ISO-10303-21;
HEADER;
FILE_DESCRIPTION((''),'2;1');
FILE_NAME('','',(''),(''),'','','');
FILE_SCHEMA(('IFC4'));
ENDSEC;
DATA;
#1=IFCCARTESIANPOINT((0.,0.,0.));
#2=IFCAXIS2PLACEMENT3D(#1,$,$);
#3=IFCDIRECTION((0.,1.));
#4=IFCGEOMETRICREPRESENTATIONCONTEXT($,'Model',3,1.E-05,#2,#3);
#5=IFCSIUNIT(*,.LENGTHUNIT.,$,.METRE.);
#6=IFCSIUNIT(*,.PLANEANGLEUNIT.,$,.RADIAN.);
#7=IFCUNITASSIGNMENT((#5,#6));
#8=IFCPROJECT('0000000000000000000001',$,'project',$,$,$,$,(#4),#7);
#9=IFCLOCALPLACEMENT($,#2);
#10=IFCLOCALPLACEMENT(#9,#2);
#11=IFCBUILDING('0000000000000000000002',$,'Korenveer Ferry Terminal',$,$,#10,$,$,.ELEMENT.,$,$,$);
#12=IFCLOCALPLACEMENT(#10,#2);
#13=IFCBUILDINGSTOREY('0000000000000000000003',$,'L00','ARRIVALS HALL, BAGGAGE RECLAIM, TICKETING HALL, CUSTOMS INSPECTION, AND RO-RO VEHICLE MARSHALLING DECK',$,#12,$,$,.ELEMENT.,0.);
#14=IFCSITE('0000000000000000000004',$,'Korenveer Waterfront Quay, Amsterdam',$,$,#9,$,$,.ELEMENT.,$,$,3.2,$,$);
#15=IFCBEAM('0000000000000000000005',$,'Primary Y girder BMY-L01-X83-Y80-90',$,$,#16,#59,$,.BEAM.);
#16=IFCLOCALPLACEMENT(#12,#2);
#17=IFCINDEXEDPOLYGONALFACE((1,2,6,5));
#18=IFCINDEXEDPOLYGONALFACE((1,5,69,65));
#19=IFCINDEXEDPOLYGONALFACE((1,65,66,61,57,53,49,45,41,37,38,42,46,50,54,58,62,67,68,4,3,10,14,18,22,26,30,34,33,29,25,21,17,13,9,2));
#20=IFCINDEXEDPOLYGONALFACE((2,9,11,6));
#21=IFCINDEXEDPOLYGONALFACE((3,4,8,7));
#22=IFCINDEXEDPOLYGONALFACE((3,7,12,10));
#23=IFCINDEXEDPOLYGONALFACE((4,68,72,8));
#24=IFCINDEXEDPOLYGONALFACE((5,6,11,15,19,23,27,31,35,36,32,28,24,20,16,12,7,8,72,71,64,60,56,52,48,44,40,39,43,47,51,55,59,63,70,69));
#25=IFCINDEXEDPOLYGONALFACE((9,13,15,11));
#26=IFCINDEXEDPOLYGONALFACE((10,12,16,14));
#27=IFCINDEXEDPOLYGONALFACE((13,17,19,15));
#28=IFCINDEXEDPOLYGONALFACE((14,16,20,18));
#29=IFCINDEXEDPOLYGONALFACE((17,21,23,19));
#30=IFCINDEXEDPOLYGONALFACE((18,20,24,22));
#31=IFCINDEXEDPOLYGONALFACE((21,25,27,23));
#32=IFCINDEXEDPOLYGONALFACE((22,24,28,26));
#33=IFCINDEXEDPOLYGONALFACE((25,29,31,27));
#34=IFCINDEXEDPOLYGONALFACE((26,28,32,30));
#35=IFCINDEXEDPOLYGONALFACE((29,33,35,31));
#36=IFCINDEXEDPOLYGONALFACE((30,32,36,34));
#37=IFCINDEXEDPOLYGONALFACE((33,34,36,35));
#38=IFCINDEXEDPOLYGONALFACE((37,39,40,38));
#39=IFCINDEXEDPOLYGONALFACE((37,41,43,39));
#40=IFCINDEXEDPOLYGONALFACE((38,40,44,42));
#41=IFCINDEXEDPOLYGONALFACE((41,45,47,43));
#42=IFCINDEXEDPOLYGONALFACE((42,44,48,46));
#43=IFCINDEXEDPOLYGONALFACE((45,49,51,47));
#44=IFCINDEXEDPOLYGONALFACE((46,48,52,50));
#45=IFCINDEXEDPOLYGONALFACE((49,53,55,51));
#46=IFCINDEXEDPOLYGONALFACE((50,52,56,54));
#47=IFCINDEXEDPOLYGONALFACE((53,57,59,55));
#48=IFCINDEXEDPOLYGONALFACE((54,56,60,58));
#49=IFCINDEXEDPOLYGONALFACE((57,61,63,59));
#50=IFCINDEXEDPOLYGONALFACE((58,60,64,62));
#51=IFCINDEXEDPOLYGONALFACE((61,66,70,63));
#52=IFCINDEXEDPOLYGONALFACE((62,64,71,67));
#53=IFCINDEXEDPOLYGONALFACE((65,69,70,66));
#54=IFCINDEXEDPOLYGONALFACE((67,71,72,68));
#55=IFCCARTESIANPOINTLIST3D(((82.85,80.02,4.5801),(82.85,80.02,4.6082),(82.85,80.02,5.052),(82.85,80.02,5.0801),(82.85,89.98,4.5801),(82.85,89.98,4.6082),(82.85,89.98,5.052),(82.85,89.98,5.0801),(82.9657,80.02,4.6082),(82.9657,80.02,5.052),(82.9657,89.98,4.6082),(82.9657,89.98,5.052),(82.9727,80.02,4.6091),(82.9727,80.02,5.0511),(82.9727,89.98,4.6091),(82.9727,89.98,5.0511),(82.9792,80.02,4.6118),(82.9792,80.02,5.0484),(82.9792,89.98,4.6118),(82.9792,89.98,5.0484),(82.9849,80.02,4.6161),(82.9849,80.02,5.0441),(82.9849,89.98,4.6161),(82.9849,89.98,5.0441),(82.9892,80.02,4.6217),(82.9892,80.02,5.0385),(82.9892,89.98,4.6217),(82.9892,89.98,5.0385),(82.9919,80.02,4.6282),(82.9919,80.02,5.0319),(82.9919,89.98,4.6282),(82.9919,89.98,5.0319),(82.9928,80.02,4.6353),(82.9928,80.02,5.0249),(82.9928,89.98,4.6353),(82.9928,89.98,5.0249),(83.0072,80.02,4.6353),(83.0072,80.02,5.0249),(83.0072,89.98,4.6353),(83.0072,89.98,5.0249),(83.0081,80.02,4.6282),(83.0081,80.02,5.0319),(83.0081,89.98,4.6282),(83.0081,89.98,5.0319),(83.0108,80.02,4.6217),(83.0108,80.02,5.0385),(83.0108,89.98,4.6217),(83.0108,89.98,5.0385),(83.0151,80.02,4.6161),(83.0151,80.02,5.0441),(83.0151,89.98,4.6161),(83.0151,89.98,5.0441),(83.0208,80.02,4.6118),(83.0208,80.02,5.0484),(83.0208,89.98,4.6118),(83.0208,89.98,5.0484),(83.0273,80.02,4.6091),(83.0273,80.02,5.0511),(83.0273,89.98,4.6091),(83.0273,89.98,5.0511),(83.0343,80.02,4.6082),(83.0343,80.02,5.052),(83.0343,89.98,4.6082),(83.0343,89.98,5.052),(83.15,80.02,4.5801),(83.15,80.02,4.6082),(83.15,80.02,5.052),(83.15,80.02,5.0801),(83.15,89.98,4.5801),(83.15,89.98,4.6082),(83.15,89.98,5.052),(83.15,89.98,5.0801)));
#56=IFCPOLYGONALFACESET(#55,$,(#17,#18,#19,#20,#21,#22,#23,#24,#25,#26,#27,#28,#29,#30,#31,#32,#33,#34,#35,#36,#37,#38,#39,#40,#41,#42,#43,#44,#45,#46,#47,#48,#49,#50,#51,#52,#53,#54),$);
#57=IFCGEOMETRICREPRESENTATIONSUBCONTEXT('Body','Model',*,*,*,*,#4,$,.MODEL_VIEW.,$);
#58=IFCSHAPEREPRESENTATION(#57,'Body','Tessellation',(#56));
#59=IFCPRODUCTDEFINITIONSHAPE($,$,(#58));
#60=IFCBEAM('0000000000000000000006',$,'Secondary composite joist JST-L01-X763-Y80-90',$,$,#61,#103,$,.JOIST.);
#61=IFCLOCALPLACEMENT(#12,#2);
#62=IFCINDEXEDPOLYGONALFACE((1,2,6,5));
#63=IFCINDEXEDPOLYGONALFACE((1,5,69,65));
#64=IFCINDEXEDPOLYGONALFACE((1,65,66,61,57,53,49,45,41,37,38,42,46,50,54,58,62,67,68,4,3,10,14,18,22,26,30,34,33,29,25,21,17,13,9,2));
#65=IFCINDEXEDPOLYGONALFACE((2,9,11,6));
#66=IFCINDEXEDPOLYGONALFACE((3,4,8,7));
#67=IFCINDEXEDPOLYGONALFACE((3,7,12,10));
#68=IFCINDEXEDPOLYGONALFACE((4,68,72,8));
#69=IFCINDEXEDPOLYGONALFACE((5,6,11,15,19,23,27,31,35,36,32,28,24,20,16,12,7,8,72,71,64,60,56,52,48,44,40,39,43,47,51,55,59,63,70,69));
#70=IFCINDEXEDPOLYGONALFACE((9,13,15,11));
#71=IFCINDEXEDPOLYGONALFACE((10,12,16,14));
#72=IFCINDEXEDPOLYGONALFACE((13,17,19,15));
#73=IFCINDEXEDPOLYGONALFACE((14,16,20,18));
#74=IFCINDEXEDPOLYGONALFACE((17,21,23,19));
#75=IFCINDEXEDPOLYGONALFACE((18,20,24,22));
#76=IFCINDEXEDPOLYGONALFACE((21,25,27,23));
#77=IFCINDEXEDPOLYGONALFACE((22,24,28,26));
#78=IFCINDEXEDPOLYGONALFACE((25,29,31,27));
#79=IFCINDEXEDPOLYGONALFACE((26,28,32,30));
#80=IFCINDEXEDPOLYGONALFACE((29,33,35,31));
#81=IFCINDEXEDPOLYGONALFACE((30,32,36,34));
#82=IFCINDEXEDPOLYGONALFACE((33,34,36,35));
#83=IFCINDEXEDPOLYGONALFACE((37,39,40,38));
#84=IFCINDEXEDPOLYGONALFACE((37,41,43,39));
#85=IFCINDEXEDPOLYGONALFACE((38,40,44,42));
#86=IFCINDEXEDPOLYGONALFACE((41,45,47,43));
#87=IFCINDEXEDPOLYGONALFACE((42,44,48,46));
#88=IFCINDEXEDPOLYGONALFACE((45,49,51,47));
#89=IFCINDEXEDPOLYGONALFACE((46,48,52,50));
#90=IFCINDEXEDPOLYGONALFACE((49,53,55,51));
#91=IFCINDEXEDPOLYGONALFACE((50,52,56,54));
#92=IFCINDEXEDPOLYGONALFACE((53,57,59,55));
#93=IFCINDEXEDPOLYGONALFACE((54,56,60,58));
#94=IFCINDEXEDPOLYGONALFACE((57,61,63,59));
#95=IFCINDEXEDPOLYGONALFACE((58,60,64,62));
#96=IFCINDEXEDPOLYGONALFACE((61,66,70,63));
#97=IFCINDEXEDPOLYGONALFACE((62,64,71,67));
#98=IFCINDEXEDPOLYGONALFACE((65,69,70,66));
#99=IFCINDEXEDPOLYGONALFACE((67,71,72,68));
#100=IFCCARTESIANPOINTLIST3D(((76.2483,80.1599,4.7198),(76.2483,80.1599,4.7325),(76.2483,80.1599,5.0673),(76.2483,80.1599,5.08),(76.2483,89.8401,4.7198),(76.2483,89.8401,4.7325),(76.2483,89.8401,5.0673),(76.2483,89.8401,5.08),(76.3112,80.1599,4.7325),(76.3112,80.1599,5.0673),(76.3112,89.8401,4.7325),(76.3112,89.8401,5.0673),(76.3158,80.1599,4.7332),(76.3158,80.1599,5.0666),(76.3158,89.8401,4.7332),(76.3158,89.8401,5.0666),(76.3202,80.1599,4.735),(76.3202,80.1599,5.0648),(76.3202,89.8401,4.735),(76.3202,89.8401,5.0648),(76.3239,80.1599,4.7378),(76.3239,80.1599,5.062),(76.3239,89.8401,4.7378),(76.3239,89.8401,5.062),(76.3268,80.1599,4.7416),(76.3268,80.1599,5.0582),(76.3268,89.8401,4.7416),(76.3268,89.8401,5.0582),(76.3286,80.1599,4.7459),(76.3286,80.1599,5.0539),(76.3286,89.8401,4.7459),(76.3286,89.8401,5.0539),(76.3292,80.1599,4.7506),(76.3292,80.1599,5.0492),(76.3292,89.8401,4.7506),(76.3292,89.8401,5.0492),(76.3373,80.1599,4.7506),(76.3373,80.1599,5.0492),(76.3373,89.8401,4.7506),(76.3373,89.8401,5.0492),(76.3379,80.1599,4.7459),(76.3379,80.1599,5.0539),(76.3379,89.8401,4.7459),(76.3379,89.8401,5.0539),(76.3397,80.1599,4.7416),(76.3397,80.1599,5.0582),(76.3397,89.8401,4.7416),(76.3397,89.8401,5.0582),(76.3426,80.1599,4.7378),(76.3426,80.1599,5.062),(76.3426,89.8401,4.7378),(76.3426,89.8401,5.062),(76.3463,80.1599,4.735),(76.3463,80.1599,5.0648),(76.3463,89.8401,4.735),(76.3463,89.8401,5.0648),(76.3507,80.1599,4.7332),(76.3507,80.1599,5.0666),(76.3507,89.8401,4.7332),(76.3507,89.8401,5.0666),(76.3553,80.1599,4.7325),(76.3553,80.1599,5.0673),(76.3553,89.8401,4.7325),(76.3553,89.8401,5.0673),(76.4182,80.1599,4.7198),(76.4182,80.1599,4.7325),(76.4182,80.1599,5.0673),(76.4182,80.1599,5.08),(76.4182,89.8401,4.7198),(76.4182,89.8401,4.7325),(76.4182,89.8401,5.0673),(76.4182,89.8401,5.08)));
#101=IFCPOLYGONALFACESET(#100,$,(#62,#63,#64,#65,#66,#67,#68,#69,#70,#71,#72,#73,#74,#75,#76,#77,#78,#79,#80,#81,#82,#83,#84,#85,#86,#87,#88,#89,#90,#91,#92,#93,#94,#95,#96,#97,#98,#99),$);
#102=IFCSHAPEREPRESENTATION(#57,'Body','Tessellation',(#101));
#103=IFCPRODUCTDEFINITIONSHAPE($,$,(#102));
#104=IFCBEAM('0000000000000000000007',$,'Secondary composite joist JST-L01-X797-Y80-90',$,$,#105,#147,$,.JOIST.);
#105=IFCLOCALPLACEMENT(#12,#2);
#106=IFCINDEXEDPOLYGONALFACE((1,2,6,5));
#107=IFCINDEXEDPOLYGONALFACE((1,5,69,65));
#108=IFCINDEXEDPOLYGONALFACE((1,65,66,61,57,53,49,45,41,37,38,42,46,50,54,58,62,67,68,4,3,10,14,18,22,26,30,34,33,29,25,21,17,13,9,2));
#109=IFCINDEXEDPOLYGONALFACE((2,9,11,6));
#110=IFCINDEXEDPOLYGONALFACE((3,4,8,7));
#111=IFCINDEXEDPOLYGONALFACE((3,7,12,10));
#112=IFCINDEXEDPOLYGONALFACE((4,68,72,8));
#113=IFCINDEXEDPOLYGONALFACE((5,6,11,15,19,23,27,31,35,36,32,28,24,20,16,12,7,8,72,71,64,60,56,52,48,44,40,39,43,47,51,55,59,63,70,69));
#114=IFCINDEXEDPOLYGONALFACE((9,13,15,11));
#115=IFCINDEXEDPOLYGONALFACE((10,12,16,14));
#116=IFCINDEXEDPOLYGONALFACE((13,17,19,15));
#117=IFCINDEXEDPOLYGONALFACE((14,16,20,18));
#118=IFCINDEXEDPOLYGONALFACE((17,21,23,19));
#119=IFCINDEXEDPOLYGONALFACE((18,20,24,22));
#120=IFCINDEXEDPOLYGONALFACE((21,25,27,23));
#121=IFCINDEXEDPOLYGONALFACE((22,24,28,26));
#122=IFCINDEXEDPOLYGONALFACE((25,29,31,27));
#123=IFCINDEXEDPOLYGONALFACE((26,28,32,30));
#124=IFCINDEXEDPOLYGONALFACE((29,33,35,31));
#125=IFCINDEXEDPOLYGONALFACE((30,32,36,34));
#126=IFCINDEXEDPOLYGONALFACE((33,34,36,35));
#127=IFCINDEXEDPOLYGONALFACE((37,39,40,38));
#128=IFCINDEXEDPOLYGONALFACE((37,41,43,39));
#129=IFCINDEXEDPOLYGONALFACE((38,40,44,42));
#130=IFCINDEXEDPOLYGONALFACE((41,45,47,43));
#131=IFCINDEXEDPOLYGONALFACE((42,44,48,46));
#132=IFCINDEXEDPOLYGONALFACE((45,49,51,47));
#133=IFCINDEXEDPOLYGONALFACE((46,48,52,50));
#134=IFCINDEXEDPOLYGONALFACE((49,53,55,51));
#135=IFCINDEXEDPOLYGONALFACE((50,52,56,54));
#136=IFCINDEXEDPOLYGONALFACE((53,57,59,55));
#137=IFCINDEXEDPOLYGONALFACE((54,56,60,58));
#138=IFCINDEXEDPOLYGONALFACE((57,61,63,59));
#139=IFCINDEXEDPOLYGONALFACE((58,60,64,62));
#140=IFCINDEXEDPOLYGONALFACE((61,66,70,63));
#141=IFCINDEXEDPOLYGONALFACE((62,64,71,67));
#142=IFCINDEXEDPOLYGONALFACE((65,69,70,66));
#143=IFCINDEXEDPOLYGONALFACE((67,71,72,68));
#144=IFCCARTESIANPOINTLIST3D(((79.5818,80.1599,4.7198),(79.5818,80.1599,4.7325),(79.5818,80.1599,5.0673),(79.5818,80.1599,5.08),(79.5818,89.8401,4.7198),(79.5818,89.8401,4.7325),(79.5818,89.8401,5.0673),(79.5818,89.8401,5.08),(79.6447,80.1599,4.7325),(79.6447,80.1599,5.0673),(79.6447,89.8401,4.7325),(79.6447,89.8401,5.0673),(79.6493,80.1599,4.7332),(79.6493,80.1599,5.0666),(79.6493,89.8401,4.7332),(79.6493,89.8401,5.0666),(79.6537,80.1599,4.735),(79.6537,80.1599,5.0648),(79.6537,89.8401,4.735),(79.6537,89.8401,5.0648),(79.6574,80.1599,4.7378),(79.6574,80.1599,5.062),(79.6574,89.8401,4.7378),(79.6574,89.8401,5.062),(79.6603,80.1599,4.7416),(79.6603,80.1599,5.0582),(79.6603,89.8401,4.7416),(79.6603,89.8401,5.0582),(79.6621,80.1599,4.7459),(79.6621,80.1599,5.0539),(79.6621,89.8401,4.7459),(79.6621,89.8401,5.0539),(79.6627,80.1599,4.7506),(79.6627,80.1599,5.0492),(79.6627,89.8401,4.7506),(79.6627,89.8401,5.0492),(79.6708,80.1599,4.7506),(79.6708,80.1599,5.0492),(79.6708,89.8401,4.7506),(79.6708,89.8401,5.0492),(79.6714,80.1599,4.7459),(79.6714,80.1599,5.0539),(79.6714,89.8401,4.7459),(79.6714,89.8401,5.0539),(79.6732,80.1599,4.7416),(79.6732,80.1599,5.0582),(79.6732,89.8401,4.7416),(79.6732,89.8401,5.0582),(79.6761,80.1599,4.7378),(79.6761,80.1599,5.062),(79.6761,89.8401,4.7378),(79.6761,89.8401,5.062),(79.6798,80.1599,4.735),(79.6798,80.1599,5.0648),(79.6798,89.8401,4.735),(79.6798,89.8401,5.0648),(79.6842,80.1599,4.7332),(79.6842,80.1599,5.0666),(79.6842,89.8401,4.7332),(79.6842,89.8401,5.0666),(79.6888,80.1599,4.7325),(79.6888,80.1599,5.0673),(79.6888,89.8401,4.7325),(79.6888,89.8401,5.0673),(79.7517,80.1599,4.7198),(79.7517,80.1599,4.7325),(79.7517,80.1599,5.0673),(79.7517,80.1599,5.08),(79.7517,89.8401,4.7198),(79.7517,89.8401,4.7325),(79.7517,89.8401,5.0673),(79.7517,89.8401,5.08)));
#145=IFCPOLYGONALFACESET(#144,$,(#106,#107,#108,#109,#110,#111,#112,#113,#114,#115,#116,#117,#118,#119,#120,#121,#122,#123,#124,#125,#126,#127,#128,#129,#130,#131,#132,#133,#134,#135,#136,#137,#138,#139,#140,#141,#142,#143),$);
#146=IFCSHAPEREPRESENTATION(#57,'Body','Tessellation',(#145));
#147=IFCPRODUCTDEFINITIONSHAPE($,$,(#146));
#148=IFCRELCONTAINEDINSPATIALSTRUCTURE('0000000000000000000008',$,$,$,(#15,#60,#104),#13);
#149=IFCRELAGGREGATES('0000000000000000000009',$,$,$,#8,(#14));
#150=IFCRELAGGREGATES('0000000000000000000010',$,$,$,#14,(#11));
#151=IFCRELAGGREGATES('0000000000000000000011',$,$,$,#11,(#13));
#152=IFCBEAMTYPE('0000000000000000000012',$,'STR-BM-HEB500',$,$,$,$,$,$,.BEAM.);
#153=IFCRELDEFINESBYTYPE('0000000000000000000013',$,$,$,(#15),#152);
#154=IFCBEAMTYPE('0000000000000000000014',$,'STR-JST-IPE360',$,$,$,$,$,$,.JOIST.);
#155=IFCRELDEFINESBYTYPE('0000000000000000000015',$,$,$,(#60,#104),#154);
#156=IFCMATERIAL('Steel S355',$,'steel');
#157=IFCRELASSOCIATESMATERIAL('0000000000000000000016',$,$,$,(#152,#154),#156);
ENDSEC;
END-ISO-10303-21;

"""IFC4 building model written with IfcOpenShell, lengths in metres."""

from ifc_helpers import new_model, si_unit, direction, frame, origin, origin_2d, place, context, subcontext, project, spatial, i_section, extrude, material, material_profile, profile_set, type_object, element, save


model = new_model("IFC4")

# Units and contexts
model_context = context("Model", 3, precision=1e-05, world=origin(), true_north=direction((0.0, 1.0)))
body_context = subcontext(model_context, "Body", "Model", "MODEL_VIEW")
ifc_project = project(units=[si_unit("LENGTHUNIT", "METRE"), si_unit("PLANEANGLEUNIT", "RADIAN")], contexts=[model_context])

# Site, building, storey
site_placement = place(None, origin())
site = spatial("IfcSite", under=ifc_project, at=site_placement, Name="Korenveer Waterfront Quay, Amsterdam", CompositionType="ELEMENT", RefElevation=3.2)
building_placement = place(site_placement, origin())
building = spatial("IfcBuilding", under=site, at=building_placement, Name="Korenveer Ferry Terminal", CompositionType="ELEMENT")
storey_placement = place(building_placement, origin())
storey = spatial("IfcBuildingStorey", under=building, at=storey_placement, Name="L00", Description="ARRIVALS HALL, BAGGAGE RECLAIM, TICKETING HALL, CUSTOMS INSPECTION, AND RO-RO VEHICLE MARSHALLING DECK", CompositionType="ELEMENT", Elevation=0.0)

# Shared definitions
ifc_material_1 = material(Name="Steel S355", Category="steel")

# Beams
ifc_material_profile_1 = material_profile(ifc_material_1, i_section(OverallWidth=0.3, OverallDepth=0.5, WebThickness=0.0144, FlangeThickness=0.0281, FilletRadius=0.0271, at=origin_2d()), Name="HEB 500")
ifc_profile_set_1 = profile_set([ifc_material_profile_1], Name="Steel S355")
beam_type_1 = type_object("IfcBeamType", Name="STR-BM-HEB500", PredefinedType="BEAM", material=ifc_profile_set_1)
for number, where, z_axis, x_axis, name in (
    (1, (83.0, 80.02, 4.8301), (0.0, 1.0, 0.0), (-1.0, 0.0, 0.0), "Primary Y girder BMY-L01-X83-Y80-90"),
):
    element("IfcBeam", number, at=place(storey_placement, frame(where, z_axis=z_axis, x_axis=x_axis)), inside=storey, type_object=beam_type_1, Name=name, PredefinedType="BEAM", context=body_context, shape_type="SweptSolid", body=[
        extrude(i_section(OverallWidth=0.3, OverallDepth=0.5, WebThickness=0.0144, FlangeThickness=0.0281, FilletRadius=0.0271, at=origin_2d()), origin(), (0.0, 0.0, 1.0), 9.96),
    ])
ifc_material_profile_2 = material_profile(ifc_material_1, i_section(OverallWidth=0.1699, OverallDepth=0.3601, WebThickness=0.0081, FlangeThickness=0.0127, FilletRadius=0.0181, at=origin_2d()), Name="IPE 360")
ifc_profile_set_2 = profile_set([ifc_material_profile_2], Name="Steel S355")
beam_type_2 = type_object("IfcBeamType", Name="STR-JST-IPE360", PredefinedType="JOIST", material=ifc_profile_set_2)
for number, where, z_axis, x_axis, name in (
    (2, (76.3333, 80.1599, 4.8999), (0.0, 1.0, 0.0), (-1.0, 0.0, 0.0), "Secondary composite joist JST-L01-X763-Y80-90"),
    (3, (79.6667, 80.1599, 4.8999), (0.0, 1.0, 0.0), (-1.0, 0.0, 0.0), "Secondary composite joist JST-L01-X797-Y80-90"),
):
    element("IfcBeam", number, at=place(storey_placement, frame(where, z_axis=z_axis, x_axis=x_axis)), inside=storey, type_object=beam_type_2, Name=name, PredefinedType="JOIST", context=body_context, shape_type="SweptSolid", body=[
        extrude(i_section(OverallWidth=0.1699, OverallDepth=0.3601, WebThickness=0.0081, FlangeThickness=0.0127, FilletRadius=0.0181, at=origin_2d()), origin(), (0.0, 0.0, 1.0), 9.6802),
    ])

save(model, "model.ifc")
